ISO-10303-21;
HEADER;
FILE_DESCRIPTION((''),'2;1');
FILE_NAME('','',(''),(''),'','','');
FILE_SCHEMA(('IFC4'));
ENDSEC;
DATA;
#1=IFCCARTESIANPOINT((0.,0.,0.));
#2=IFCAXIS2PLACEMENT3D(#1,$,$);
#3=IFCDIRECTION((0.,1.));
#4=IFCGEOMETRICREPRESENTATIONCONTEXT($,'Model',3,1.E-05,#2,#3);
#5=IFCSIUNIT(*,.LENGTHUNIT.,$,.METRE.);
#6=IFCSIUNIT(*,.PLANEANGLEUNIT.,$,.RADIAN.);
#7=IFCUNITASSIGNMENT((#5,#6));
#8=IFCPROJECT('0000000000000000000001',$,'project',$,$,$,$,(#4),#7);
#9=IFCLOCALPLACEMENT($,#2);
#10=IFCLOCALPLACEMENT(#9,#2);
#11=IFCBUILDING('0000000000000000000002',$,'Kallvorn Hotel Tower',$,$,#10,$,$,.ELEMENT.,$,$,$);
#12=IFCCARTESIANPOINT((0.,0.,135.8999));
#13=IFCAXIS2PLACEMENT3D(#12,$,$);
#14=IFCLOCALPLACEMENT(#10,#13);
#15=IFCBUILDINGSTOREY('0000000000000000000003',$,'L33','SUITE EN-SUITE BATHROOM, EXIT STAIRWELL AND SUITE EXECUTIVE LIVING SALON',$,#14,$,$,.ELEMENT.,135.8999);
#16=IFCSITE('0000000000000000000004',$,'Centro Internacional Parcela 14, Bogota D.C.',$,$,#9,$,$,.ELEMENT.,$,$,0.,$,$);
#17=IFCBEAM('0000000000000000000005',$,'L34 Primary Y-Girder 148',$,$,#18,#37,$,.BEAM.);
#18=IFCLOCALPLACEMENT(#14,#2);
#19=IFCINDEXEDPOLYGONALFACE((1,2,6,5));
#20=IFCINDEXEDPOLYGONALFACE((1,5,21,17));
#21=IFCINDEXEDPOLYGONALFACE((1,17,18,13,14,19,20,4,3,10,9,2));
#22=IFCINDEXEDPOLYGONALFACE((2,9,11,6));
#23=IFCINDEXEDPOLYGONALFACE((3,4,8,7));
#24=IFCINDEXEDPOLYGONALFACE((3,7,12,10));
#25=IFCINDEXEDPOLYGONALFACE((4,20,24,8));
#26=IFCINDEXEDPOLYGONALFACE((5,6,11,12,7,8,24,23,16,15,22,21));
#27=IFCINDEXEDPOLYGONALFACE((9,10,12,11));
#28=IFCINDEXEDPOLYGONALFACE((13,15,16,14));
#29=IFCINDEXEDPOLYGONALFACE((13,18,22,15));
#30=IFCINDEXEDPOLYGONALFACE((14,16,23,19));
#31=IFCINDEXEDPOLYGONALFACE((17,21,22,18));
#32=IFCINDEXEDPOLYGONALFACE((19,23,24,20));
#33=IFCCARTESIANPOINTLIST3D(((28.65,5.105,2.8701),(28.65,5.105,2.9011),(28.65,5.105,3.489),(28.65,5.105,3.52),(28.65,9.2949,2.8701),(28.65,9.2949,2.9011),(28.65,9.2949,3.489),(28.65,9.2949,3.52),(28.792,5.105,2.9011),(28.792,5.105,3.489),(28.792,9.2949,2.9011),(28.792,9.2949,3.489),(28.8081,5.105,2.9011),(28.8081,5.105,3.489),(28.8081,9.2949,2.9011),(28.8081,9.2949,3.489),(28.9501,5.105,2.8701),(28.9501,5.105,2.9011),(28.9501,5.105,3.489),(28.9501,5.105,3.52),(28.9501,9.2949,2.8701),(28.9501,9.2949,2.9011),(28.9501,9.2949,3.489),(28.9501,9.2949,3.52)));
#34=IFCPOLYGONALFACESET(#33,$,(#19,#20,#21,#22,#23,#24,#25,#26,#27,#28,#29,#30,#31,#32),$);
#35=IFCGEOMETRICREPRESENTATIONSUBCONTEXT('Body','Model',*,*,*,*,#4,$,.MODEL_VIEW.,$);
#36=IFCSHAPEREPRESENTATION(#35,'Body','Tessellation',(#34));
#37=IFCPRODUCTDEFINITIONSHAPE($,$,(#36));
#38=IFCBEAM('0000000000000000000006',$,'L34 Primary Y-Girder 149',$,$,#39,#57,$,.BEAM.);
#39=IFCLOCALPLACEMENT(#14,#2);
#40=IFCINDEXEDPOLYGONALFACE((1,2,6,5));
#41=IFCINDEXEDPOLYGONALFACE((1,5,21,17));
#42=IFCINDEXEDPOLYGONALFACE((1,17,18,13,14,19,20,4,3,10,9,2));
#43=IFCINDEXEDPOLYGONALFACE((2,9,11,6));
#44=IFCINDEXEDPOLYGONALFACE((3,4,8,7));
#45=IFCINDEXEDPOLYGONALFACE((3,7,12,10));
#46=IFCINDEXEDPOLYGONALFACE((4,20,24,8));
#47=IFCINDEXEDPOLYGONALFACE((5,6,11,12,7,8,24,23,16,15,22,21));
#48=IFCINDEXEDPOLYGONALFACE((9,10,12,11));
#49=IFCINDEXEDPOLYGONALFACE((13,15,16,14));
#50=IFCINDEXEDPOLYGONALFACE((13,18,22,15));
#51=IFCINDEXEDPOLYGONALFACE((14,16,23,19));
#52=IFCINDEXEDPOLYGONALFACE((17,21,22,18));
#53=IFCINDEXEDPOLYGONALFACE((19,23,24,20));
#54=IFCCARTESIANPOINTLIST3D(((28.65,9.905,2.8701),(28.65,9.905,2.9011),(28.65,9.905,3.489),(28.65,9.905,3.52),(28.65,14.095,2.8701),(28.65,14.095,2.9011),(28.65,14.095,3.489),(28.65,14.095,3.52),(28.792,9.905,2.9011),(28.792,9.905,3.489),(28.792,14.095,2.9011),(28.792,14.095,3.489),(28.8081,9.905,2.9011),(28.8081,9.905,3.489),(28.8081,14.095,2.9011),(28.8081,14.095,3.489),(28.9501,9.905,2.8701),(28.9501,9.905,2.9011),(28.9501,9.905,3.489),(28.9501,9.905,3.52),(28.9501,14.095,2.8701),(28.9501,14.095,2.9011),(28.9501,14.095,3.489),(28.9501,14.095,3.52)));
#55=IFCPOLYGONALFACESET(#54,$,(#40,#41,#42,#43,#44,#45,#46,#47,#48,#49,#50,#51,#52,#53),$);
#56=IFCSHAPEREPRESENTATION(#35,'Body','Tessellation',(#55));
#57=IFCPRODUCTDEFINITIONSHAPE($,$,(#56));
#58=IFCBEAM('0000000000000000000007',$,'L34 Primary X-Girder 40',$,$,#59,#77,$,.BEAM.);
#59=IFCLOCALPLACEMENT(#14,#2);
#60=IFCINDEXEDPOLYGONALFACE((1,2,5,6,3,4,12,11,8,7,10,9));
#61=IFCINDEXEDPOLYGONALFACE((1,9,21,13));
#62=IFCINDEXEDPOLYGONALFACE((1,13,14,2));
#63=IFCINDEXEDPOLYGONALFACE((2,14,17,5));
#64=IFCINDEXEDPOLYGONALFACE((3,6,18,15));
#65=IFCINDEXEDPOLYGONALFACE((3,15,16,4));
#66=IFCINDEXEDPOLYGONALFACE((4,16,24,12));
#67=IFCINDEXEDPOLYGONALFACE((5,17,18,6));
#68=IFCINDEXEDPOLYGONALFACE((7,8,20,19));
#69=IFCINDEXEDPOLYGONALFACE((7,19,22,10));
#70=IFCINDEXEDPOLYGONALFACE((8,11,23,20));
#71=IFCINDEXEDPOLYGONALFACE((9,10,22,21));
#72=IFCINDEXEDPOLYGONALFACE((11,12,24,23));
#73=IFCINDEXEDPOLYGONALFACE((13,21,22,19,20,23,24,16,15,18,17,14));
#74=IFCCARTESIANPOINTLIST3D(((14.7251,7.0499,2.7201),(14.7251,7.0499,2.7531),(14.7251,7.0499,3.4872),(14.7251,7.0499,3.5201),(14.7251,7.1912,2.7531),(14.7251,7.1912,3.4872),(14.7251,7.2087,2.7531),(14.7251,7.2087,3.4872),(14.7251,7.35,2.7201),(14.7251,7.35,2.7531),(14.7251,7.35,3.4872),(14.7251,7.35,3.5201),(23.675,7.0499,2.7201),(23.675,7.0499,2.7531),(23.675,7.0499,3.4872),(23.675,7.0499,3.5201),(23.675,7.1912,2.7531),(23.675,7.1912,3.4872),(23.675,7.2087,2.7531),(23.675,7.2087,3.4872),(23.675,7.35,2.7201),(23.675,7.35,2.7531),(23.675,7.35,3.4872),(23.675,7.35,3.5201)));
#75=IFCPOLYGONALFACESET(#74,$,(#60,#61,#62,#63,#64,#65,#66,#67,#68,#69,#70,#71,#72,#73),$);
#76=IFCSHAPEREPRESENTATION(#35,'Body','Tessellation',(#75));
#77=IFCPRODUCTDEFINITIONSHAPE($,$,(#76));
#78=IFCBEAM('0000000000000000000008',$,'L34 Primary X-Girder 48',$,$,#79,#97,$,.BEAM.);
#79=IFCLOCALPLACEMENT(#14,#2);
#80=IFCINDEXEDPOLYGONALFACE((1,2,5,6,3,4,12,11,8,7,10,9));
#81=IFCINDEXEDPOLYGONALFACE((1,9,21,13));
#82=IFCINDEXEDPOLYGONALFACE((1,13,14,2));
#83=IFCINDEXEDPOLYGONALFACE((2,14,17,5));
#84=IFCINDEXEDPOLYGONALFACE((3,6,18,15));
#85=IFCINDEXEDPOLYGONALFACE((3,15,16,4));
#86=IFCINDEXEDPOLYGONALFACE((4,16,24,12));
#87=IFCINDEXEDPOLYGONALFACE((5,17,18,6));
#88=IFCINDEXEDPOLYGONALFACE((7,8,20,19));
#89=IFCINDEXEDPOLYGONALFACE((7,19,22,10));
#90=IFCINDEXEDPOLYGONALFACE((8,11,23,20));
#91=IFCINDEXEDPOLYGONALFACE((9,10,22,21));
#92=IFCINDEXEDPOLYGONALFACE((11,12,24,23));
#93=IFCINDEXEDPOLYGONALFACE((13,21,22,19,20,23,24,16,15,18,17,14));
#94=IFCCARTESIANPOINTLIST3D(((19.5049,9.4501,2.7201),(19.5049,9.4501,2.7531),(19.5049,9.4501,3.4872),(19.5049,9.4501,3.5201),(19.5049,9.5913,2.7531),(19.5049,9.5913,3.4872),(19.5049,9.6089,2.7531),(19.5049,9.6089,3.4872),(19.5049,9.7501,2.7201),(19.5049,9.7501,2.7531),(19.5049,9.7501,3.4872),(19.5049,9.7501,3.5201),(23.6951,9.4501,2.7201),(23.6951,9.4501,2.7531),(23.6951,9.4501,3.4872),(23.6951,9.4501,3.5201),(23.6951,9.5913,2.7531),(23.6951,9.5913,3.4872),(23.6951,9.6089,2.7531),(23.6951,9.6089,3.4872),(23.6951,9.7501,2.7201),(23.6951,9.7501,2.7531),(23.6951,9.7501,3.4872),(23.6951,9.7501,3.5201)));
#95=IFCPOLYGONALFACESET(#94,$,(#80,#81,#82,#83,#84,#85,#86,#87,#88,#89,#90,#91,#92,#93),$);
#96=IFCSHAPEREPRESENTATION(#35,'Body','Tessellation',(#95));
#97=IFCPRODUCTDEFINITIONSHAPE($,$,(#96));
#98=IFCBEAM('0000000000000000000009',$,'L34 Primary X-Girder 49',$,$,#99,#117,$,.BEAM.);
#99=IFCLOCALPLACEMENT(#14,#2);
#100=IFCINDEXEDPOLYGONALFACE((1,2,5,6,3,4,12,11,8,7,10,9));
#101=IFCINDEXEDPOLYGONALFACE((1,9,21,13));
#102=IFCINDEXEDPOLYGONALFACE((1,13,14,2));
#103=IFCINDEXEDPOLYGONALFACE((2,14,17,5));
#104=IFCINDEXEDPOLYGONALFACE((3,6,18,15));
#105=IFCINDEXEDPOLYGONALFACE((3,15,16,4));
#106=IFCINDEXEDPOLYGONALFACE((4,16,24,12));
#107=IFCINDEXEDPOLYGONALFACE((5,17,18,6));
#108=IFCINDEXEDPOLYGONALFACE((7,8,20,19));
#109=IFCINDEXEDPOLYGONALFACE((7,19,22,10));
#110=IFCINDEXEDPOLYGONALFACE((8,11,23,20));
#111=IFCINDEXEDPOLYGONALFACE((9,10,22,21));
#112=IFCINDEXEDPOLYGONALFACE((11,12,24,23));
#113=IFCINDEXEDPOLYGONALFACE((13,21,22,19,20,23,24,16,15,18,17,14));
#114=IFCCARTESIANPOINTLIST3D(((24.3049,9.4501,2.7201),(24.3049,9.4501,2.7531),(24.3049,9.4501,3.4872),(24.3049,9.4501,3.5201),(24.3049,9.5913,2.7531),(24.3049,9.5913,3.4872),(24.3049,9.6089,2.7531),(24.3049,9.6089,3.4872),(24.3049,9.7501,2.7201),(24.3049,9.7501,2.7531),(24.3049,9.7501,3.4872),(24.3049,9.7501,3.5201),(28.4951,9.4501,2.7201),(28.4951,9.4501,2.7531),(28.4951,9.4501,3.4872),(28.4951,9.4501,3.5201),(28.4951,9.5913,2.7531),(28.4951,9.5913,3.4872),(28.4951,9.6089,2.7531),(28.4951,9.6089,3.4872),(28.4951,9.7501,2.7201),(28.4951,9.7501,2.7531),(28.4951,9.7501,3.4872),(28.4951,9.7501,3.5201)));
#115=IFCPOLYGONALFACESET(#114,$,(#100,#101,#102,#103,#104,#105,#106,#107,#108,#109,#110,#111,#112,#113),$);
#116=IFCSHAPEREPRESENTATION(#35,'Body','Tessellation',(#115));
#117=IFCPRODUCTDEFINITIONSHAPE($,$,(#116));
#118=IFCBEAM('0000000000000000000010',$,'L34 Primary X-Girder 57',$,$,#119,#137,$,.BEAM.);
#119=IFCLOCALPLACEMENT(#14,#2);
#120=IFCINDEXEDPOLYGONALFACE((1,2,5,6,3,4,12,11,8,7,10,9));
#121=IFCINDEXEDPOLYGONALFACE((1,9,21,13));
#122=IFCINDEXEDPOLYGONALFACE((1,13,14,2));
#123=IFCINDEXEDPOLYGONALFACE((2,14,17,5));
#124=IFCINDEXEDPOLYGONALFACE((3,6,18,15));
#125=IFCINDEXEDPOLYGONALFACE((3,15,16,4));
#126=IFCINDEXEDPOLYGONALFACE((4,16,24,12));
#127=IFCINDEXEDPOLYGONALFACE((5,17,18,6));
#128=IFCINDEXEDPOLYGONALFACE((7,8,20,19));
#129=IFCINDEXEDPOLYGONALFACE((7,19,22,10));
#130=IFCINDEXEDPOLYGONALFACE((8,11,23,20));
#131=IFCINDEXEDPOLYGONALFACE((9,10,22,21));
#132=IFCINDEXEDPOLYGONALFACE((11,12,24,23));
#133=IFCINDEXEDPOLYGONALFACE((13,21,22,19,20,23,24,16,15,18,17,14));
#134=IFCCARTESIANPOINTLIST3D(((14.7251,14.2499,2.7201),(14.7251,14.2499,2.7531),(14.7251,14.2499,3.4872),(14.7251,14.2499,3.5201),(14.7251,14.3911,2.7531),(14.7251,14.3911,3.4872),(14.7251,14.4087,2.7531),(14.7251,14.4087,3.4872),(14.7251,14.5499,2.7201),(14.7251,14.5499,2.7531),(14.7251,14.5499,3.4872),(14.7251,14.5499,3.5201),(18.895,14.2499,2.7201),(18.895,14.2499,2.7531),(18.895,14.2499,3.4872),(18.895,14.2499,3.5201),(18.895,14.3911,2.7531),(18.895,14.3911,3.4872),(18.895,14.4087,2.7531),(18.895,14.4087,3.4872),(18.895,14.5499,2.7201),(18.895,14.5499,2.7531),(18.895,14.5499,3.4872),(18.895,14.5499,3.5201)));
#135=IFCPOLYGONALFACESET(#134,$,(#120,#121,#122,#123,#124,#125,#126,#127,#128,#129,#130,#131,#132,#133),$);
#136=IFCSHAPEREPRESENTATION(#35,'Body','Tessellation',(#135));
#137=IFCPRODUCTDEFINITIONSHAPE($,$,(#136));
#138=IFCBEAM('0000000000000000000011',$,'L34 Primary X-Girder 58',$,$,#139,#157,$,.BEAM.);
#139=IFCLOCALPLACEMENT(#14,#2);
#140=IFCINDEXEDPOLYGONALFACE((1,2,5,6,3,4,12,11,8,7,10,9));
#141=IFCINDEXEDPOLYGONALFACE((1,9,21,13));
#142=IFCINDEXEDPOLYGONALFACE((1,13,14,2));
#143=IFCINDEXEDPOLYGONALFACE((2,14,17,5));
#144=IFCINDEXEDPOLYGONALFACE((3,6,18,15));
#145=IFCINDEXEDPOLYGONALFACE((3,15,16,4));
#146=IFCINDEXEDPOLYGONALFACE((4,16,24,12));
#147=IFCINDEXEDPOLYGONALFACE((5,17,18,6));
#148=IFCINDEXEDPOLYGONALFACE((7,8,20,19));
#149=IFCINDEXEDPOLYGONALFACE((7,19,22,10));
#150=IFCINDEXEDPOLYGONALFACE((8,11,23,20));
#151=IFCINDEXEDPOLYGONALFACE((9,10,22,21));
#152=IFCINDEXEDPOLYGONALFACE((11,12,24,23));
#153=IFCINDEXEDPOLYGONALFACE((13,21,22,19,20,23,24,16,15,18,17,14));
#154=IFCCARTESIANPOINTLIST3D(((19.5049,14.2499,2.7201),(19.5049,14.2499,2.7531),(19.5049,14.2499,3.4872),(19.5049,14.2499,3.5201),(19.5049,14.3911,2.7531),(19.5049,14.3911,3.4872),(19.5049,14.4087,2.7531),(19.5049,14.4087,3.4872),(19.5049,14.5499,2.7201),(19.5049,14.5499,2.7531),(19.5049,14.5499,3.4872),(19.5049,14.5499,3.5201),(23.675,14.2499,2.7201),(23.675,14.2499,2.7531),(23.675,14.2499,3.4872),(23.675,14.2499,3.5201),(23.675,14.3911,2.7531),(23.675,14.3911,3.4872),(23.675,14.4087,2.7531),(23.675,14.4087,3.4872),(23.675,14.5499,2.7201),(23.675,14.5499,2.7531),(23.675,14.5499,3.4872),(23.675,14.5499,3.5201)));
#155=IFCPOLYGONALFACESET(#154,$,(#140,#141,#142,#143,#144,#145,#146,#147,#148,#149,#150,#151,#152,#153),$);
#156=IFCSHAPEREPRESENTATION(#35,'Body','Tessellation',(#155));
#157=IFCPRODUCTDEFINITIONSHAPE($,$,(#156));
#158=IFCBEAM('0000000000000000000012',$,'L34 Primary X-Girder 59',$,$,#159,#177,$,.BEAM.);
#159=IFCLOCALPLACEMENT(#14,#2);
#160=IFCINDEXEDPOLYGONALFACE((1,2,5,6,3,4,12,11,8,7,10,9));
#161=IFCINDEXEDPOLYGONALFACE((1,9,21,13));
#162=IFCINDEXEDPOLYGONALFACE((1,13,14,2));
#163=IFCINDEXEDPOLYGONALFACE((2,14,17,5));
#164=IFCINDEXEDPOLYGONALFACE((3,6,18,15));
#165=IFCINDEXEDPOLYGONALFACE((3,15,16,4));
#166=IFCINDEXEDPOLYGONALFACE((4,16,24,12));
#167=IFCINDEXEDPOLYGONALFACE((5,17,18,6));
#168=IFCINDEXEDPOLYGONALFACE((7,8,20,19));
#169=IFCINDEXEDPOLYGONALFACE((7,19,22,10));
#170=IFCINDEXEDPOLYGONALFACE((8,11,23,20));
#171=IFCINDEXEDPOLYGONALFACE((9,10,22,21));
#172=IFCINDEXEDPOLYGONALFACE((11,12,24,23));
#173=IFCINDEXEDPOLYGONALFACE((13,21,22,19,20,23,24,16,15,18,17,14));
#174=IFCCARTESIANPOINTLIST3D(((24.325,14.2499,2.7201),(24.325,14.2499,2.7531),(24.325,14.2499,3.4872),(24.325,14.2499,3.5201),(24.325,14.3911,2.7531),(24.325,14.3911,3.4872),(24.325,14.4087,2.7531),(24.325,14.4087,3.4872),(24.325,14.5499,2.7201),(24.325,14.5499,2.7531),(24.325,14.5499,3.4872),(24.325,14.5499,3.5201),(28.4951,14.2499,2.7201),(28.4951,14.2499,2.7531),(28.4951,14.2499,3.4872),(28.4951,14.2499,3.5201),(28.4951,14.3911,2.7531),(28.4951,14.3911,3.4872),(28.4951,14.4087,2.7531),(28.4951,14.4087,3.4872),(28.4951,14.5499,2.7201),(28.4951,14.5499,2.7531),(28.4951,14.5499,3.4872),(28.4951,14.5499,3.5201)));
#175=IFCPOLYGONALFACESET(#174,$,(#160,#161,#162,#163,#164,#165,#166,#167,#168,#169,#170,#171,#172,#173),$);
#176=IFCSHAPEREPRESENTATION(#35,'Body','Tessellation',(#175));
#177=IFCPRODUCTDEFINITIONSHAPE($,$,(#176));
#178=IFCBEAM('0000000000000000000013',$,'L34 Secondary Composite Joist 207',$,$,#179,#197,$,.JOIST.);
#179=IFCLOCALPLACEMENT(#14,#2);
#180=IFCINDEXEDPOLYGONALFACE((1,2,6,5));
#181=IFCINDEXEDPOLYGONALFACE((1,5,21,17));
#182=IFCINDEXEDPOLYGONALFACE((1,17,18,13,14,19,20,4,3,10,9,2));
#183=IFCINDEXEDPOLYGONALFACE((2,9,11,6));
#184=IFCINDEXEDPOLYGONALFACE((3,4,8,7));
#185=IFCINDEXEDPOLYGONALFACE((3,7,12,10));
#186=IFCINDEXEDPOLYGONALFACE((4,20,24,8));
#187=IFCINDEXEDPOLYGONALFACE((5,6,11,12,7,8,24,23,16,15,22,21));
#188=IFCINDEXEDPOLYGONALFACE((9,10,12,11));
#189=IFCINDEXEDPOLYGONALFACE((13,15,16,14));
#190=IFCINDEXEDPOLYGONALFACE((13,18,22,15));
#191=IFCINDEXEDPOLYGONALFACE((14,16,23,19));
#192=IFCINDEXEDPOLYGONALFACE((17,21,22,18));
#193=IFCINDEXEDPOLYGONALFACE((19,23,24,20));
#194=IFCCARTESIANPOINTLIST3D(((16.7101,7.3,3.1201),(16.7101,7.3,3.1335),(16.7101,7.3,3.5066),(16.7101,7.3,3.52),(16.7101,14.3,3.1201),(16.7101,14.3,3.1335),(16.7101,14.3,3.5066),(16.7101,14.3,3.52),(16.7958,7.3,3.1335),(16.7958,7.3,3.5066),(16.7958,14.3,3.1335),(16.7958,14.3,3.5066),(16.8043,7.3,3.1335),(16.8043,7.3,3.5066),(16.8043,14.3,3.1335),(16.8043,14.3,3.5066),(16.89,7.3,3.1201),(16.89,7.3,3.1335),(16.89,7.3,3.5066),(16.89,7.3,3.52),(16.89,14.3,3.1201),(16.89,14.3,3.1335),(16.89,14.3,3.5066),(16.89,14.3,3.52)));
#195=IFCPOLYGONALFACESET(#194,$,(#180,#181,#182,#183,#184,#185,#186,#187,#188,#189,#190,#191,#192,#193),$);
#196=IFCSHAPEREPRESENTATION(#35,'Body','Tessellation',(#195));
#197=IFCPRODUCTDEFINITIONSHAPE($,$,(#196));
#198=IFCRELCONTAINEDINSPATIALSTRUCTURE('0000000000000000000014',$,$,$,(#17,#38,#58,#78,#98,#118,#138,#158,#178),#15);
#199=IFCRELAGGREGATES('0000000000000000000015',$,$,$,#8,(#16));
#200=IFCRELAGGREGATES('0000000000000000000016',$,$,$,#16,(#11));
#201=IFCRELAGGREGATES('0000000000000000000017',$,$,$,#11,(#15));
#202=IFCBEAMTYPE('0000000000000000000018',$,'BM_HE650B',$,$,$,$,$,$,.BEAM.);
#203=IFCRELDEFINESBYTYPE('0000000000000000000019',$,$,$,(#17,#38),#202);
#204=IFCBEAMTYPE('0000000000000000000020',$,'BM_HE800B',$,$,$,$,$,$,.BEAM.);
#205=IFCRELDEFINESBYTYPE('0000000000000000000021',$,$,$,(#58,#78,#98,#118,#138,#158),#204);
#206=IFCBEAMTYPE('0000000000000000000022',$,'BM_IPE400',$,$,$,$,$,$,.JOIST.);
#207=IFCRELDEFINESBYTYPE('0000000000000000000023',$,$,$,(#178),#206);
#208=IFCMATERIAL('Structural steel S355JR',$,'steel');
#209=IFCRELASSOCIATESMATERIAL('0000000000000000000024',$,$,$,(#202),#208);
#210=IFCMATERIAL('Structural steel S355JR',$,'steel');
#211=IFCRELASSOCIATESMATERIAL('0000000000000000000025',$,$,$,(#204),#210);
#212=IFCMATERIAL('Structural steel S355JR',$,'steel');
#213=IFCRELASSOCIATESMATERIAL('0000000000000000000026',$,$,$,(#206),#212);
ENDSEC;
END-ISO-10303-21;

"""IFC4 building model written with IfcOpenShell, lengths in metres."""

from ifc_helpers import new_model, si_unit, direction, frame, origin, origin_2d, place, context, subcontext, project, spatial, i_section, extrude, material, material_profile, profile_set, type_object, element, save


model = new_model("IFC4")

# Units and contexts
model_context = context("Model", 3, precision=1e-05, world=origin(), true_north=direction((0.0, 1.0)))
body_context = subcontext(model_context, "Body", "Model", "MODEL_VIEW")
ifc_project = project(units=[si_unit("LENGTHUNIT", "METRE"), si_unit("PLANEANGLEUNIT", "RADIAN")], contexts=[model_context])

# Site, building, storey
site_placement = place(None, origin())
site = spatial("IfcSite", under=ifc_project, at=site_placement, Name="Centro Internacional Parcela 14, Bogota D.C.", CompositionType="ELEMENT", RefElevation=0.0)
building_placement = place(site_placement, origin())
building = spatial("IfcBuilding", under=site, at=building_placement, Name="Kallvorn Hotel Tower", CompositionType="ELEMENT")
storey_placement = place(building_placement, frame((0.0, 0.0, 135.8999)))
storey = spatial("IfcBuildingStorey", under=building, at=storey_placement, Name="L33", Description="SUITE EN-SUITE BATHROOM, EXIT STAIRWELL AND SUITE EXECUTIVE LIVING SALON", CompositionType="ELEMENT", Elevation=135.8999)

# Beams
ifc_material_1 = material(Name="Structural steel S355JR", Category="steel")
ifc_material_profile_1 = material_profile(ifc_material_1, i_section(OverallWidth=0.3, OverallDepth=0.6499, WebThickness=0.0161, FlangeThickness=0.031, at=origin_2d()), Name="HE 650 B")
ifc_profile_set_1 = profile_set([ifc_material_profile_1], Name="Structural steel S355JR")
beam_type_1 = type_object("IfcBeamType", Name="BM_HE650B", PredefinedType="BEAM", material=ifc_profile_set_1)
for number, where, z_axis, x_axis, name in (
    (1, (28.8, 5.105, 3.1951), (0.0, 1.0, 0.0), (-1.0, 0.0, 0.0), "L34 Primary Y-Girder 148"),
    (2, (28.8, 9.905, 3.1951), (0.0, 1.0, 0.0), (-1.0, 0.0, 0.0), "L34 Primary Y-Girder 149"),
):
    element("IfcBeam", number, at=place(storey_placement, frame(where, z_axis=z_axis, x_axis=x_axis)), inside=storey, type_object=beam_type_1, Name=name, PredefinedType="BEAM", context=body_context, shape_type="SweptSolid", body=[
        extrude(i_section(OverallWidth=0.3, OverallDepth=0.6499, WebThickness=0.0161, FlangeThickness=0.031, at=origin_2d()), origin(), (0.0, 0.0, 1.0), 4.1899),
    ])
ifc_material_2 = material(Name="Structural steel S355JR", Category="steel")
ifc_material_profile_2 = material_profile(ifc_material_2, i_section(OverallWidth=0.3, OverallDepth=0.8, WebThickness=0.0176, FlangeThickness=0.033, at=origin_2d()), Name="HE 800 B")
ifc_profile_set_2 = profile_set([ifc_material_profile_2], Name="Structural steel S355JR")
beam_type_2 = type_object("IfcBeamType", Name="BM_HE800B", PredefinedType="BEAM", material=ifc_profile_set_2)
beam_1_placement = place(storey_placement, frame((14.7251, 7.2, 3.1201), z_axis=(1.0, 0.0, 0.0), x_axis=(0.0, 1.0, 0.0)))
element("IfcBeam", 3, at=beam_1_placement, inside=storey, type_object=beam_type_2, Name="L34 Primary X-Girder 40", PredefinedType="BEAM", context=body_context, shape_type="SweptSolid", body=[
    extrude(i_section(OverallWidth=0.3, OverallDepth=0.8, WebThickness=0.0176, FlangeThickness=0.033, at=origin_2d()), origin(), (0.0, 0.0, 1.0), 8.95),
])
for number, where, z_axis, x_axis, name in (
    (4, (19.5049, 9.6001, 3.1201), (1.0, 0.0, 0.0), (0.0, 1.0, 0.0), "L34 Primary X-Girder 48"),
    (5, (24.3049, 9.6001, 3.1201), (1.0, 0.0, 0.0), (0.0, 1.0, 0.0), "L34 Primary X-Girder 49"),
):
    element("IfcBeam", number, at=place(storey_placement, frame(where, z_axis=z_axis, x_axis=x_axis)), inside=storey, type_object=beam_type_2, Name=name, PredefinedType="BEAM", context=body_context, shape_type="SweptSolid", body=[
        extrude(i_section(OverallWidth=0.3, OverallDepth=0.8, WebThickness=0.0176, FlangeThickness=0.033, at=origin_2d()), origin(), (0.0, 0.0, 1.0), 4.1902),
    ])
beam_2_placement = place(storey_placement, frame((14.7251, 14.3999, 3.1201), z_axis=(1.0, 0.0, 0.0), x_axis=(0.0, 1.0, 0.0)))
element("IfcBeam", 6, at=beam_2_placement, inside=storey, type_object=beam_type_2, Name="L34 Primary X-Girder 57", PredefinedType="BEAM", context=body_context, shape_type="SweptSolid", body=[
    extrude(i_section(OverallWidth=0.3, OverallDepth=0.8, WebThickness=0.0176, FlangeThickness=0.033, at=origin_2d()), origin(), (0.0, 0.0, 1.0), 4.1699),
])
for number, where, z_axis, x_axis, name in (
    (7, (19.5049, 14.3999, 3.1201), (1.0, 0.0, 0.0), (0.0, 1.0, 0.0), "L34 Primary X-Girder 58"),
    (8, (24.325, 14.3999, 3.1201), (1.0, 0.0, 0.0), (0.0, 1.0, 0.0), "L34 Primary X-Girder 59"),
):
    element("IfcBeam", number, at=place(storey_placement, frame(where, z_axis=z_axis, x_axis=x_axis)), inside=storey, type_object=beam_type_2, Name=name, PredefinedType="BEAM", context=body_context, shape_type="SweptSolid", body=[
        extrude(i_section(OverallWidth=0.3, OverallDepth=0.8, WebThickness=0.0176, FlangeThickness=0.033, at=origin_2d()), origin(), (0.0, 0.0, 1.0), 4.1702),
    ])
ifc_material_3 = material(Name="Structural steel S355JR", Category="steel")
ifc_material_profile_3 = material_profile(ifc_material_3, i_section(OverallWidth=0.1799, OverallDepth=0.3999, WebThickness=0.0085, FlangeThickness=0.0134, at=origin_2d()), Name="IPE 400")
ifc_profile_set_3 = profile_set([ifc_material_profile_3], Name="Structural steel S355JR")
beam_type_3 = type_object("IfcBeamType", Name="BM_IPE400", PredefinedType="JOIST", material=ifc_profile_set_3)
for number, where, z_axis, x_axis, name in (
    (9, (16.8, 7.3, 3.3201), (0.0, 1.0, 0.0), (-1.0, 0.0, 0.0), "L34 Secondary Composite Joist 207"),
):
    element("IfcBeam", number, at=place(storey_placement, frame(where, z_axis=z_axis, x_axis=x_axis)), inside=storey, type_object=beam_type_3, Name=name, PredefinedType="JOIST", context=body_context, shape_type="SweptSolid", body=[
        extrude(i_section(OverallWidth=0.1799, OverallDepth=0.3999, WebThickness=0.0085, FlangeThickness=0.0134, at=origin_2d()), origin(), (0.0, 0.0, 1.0), 7.0),
    ])

save(model, "model.ifc")
